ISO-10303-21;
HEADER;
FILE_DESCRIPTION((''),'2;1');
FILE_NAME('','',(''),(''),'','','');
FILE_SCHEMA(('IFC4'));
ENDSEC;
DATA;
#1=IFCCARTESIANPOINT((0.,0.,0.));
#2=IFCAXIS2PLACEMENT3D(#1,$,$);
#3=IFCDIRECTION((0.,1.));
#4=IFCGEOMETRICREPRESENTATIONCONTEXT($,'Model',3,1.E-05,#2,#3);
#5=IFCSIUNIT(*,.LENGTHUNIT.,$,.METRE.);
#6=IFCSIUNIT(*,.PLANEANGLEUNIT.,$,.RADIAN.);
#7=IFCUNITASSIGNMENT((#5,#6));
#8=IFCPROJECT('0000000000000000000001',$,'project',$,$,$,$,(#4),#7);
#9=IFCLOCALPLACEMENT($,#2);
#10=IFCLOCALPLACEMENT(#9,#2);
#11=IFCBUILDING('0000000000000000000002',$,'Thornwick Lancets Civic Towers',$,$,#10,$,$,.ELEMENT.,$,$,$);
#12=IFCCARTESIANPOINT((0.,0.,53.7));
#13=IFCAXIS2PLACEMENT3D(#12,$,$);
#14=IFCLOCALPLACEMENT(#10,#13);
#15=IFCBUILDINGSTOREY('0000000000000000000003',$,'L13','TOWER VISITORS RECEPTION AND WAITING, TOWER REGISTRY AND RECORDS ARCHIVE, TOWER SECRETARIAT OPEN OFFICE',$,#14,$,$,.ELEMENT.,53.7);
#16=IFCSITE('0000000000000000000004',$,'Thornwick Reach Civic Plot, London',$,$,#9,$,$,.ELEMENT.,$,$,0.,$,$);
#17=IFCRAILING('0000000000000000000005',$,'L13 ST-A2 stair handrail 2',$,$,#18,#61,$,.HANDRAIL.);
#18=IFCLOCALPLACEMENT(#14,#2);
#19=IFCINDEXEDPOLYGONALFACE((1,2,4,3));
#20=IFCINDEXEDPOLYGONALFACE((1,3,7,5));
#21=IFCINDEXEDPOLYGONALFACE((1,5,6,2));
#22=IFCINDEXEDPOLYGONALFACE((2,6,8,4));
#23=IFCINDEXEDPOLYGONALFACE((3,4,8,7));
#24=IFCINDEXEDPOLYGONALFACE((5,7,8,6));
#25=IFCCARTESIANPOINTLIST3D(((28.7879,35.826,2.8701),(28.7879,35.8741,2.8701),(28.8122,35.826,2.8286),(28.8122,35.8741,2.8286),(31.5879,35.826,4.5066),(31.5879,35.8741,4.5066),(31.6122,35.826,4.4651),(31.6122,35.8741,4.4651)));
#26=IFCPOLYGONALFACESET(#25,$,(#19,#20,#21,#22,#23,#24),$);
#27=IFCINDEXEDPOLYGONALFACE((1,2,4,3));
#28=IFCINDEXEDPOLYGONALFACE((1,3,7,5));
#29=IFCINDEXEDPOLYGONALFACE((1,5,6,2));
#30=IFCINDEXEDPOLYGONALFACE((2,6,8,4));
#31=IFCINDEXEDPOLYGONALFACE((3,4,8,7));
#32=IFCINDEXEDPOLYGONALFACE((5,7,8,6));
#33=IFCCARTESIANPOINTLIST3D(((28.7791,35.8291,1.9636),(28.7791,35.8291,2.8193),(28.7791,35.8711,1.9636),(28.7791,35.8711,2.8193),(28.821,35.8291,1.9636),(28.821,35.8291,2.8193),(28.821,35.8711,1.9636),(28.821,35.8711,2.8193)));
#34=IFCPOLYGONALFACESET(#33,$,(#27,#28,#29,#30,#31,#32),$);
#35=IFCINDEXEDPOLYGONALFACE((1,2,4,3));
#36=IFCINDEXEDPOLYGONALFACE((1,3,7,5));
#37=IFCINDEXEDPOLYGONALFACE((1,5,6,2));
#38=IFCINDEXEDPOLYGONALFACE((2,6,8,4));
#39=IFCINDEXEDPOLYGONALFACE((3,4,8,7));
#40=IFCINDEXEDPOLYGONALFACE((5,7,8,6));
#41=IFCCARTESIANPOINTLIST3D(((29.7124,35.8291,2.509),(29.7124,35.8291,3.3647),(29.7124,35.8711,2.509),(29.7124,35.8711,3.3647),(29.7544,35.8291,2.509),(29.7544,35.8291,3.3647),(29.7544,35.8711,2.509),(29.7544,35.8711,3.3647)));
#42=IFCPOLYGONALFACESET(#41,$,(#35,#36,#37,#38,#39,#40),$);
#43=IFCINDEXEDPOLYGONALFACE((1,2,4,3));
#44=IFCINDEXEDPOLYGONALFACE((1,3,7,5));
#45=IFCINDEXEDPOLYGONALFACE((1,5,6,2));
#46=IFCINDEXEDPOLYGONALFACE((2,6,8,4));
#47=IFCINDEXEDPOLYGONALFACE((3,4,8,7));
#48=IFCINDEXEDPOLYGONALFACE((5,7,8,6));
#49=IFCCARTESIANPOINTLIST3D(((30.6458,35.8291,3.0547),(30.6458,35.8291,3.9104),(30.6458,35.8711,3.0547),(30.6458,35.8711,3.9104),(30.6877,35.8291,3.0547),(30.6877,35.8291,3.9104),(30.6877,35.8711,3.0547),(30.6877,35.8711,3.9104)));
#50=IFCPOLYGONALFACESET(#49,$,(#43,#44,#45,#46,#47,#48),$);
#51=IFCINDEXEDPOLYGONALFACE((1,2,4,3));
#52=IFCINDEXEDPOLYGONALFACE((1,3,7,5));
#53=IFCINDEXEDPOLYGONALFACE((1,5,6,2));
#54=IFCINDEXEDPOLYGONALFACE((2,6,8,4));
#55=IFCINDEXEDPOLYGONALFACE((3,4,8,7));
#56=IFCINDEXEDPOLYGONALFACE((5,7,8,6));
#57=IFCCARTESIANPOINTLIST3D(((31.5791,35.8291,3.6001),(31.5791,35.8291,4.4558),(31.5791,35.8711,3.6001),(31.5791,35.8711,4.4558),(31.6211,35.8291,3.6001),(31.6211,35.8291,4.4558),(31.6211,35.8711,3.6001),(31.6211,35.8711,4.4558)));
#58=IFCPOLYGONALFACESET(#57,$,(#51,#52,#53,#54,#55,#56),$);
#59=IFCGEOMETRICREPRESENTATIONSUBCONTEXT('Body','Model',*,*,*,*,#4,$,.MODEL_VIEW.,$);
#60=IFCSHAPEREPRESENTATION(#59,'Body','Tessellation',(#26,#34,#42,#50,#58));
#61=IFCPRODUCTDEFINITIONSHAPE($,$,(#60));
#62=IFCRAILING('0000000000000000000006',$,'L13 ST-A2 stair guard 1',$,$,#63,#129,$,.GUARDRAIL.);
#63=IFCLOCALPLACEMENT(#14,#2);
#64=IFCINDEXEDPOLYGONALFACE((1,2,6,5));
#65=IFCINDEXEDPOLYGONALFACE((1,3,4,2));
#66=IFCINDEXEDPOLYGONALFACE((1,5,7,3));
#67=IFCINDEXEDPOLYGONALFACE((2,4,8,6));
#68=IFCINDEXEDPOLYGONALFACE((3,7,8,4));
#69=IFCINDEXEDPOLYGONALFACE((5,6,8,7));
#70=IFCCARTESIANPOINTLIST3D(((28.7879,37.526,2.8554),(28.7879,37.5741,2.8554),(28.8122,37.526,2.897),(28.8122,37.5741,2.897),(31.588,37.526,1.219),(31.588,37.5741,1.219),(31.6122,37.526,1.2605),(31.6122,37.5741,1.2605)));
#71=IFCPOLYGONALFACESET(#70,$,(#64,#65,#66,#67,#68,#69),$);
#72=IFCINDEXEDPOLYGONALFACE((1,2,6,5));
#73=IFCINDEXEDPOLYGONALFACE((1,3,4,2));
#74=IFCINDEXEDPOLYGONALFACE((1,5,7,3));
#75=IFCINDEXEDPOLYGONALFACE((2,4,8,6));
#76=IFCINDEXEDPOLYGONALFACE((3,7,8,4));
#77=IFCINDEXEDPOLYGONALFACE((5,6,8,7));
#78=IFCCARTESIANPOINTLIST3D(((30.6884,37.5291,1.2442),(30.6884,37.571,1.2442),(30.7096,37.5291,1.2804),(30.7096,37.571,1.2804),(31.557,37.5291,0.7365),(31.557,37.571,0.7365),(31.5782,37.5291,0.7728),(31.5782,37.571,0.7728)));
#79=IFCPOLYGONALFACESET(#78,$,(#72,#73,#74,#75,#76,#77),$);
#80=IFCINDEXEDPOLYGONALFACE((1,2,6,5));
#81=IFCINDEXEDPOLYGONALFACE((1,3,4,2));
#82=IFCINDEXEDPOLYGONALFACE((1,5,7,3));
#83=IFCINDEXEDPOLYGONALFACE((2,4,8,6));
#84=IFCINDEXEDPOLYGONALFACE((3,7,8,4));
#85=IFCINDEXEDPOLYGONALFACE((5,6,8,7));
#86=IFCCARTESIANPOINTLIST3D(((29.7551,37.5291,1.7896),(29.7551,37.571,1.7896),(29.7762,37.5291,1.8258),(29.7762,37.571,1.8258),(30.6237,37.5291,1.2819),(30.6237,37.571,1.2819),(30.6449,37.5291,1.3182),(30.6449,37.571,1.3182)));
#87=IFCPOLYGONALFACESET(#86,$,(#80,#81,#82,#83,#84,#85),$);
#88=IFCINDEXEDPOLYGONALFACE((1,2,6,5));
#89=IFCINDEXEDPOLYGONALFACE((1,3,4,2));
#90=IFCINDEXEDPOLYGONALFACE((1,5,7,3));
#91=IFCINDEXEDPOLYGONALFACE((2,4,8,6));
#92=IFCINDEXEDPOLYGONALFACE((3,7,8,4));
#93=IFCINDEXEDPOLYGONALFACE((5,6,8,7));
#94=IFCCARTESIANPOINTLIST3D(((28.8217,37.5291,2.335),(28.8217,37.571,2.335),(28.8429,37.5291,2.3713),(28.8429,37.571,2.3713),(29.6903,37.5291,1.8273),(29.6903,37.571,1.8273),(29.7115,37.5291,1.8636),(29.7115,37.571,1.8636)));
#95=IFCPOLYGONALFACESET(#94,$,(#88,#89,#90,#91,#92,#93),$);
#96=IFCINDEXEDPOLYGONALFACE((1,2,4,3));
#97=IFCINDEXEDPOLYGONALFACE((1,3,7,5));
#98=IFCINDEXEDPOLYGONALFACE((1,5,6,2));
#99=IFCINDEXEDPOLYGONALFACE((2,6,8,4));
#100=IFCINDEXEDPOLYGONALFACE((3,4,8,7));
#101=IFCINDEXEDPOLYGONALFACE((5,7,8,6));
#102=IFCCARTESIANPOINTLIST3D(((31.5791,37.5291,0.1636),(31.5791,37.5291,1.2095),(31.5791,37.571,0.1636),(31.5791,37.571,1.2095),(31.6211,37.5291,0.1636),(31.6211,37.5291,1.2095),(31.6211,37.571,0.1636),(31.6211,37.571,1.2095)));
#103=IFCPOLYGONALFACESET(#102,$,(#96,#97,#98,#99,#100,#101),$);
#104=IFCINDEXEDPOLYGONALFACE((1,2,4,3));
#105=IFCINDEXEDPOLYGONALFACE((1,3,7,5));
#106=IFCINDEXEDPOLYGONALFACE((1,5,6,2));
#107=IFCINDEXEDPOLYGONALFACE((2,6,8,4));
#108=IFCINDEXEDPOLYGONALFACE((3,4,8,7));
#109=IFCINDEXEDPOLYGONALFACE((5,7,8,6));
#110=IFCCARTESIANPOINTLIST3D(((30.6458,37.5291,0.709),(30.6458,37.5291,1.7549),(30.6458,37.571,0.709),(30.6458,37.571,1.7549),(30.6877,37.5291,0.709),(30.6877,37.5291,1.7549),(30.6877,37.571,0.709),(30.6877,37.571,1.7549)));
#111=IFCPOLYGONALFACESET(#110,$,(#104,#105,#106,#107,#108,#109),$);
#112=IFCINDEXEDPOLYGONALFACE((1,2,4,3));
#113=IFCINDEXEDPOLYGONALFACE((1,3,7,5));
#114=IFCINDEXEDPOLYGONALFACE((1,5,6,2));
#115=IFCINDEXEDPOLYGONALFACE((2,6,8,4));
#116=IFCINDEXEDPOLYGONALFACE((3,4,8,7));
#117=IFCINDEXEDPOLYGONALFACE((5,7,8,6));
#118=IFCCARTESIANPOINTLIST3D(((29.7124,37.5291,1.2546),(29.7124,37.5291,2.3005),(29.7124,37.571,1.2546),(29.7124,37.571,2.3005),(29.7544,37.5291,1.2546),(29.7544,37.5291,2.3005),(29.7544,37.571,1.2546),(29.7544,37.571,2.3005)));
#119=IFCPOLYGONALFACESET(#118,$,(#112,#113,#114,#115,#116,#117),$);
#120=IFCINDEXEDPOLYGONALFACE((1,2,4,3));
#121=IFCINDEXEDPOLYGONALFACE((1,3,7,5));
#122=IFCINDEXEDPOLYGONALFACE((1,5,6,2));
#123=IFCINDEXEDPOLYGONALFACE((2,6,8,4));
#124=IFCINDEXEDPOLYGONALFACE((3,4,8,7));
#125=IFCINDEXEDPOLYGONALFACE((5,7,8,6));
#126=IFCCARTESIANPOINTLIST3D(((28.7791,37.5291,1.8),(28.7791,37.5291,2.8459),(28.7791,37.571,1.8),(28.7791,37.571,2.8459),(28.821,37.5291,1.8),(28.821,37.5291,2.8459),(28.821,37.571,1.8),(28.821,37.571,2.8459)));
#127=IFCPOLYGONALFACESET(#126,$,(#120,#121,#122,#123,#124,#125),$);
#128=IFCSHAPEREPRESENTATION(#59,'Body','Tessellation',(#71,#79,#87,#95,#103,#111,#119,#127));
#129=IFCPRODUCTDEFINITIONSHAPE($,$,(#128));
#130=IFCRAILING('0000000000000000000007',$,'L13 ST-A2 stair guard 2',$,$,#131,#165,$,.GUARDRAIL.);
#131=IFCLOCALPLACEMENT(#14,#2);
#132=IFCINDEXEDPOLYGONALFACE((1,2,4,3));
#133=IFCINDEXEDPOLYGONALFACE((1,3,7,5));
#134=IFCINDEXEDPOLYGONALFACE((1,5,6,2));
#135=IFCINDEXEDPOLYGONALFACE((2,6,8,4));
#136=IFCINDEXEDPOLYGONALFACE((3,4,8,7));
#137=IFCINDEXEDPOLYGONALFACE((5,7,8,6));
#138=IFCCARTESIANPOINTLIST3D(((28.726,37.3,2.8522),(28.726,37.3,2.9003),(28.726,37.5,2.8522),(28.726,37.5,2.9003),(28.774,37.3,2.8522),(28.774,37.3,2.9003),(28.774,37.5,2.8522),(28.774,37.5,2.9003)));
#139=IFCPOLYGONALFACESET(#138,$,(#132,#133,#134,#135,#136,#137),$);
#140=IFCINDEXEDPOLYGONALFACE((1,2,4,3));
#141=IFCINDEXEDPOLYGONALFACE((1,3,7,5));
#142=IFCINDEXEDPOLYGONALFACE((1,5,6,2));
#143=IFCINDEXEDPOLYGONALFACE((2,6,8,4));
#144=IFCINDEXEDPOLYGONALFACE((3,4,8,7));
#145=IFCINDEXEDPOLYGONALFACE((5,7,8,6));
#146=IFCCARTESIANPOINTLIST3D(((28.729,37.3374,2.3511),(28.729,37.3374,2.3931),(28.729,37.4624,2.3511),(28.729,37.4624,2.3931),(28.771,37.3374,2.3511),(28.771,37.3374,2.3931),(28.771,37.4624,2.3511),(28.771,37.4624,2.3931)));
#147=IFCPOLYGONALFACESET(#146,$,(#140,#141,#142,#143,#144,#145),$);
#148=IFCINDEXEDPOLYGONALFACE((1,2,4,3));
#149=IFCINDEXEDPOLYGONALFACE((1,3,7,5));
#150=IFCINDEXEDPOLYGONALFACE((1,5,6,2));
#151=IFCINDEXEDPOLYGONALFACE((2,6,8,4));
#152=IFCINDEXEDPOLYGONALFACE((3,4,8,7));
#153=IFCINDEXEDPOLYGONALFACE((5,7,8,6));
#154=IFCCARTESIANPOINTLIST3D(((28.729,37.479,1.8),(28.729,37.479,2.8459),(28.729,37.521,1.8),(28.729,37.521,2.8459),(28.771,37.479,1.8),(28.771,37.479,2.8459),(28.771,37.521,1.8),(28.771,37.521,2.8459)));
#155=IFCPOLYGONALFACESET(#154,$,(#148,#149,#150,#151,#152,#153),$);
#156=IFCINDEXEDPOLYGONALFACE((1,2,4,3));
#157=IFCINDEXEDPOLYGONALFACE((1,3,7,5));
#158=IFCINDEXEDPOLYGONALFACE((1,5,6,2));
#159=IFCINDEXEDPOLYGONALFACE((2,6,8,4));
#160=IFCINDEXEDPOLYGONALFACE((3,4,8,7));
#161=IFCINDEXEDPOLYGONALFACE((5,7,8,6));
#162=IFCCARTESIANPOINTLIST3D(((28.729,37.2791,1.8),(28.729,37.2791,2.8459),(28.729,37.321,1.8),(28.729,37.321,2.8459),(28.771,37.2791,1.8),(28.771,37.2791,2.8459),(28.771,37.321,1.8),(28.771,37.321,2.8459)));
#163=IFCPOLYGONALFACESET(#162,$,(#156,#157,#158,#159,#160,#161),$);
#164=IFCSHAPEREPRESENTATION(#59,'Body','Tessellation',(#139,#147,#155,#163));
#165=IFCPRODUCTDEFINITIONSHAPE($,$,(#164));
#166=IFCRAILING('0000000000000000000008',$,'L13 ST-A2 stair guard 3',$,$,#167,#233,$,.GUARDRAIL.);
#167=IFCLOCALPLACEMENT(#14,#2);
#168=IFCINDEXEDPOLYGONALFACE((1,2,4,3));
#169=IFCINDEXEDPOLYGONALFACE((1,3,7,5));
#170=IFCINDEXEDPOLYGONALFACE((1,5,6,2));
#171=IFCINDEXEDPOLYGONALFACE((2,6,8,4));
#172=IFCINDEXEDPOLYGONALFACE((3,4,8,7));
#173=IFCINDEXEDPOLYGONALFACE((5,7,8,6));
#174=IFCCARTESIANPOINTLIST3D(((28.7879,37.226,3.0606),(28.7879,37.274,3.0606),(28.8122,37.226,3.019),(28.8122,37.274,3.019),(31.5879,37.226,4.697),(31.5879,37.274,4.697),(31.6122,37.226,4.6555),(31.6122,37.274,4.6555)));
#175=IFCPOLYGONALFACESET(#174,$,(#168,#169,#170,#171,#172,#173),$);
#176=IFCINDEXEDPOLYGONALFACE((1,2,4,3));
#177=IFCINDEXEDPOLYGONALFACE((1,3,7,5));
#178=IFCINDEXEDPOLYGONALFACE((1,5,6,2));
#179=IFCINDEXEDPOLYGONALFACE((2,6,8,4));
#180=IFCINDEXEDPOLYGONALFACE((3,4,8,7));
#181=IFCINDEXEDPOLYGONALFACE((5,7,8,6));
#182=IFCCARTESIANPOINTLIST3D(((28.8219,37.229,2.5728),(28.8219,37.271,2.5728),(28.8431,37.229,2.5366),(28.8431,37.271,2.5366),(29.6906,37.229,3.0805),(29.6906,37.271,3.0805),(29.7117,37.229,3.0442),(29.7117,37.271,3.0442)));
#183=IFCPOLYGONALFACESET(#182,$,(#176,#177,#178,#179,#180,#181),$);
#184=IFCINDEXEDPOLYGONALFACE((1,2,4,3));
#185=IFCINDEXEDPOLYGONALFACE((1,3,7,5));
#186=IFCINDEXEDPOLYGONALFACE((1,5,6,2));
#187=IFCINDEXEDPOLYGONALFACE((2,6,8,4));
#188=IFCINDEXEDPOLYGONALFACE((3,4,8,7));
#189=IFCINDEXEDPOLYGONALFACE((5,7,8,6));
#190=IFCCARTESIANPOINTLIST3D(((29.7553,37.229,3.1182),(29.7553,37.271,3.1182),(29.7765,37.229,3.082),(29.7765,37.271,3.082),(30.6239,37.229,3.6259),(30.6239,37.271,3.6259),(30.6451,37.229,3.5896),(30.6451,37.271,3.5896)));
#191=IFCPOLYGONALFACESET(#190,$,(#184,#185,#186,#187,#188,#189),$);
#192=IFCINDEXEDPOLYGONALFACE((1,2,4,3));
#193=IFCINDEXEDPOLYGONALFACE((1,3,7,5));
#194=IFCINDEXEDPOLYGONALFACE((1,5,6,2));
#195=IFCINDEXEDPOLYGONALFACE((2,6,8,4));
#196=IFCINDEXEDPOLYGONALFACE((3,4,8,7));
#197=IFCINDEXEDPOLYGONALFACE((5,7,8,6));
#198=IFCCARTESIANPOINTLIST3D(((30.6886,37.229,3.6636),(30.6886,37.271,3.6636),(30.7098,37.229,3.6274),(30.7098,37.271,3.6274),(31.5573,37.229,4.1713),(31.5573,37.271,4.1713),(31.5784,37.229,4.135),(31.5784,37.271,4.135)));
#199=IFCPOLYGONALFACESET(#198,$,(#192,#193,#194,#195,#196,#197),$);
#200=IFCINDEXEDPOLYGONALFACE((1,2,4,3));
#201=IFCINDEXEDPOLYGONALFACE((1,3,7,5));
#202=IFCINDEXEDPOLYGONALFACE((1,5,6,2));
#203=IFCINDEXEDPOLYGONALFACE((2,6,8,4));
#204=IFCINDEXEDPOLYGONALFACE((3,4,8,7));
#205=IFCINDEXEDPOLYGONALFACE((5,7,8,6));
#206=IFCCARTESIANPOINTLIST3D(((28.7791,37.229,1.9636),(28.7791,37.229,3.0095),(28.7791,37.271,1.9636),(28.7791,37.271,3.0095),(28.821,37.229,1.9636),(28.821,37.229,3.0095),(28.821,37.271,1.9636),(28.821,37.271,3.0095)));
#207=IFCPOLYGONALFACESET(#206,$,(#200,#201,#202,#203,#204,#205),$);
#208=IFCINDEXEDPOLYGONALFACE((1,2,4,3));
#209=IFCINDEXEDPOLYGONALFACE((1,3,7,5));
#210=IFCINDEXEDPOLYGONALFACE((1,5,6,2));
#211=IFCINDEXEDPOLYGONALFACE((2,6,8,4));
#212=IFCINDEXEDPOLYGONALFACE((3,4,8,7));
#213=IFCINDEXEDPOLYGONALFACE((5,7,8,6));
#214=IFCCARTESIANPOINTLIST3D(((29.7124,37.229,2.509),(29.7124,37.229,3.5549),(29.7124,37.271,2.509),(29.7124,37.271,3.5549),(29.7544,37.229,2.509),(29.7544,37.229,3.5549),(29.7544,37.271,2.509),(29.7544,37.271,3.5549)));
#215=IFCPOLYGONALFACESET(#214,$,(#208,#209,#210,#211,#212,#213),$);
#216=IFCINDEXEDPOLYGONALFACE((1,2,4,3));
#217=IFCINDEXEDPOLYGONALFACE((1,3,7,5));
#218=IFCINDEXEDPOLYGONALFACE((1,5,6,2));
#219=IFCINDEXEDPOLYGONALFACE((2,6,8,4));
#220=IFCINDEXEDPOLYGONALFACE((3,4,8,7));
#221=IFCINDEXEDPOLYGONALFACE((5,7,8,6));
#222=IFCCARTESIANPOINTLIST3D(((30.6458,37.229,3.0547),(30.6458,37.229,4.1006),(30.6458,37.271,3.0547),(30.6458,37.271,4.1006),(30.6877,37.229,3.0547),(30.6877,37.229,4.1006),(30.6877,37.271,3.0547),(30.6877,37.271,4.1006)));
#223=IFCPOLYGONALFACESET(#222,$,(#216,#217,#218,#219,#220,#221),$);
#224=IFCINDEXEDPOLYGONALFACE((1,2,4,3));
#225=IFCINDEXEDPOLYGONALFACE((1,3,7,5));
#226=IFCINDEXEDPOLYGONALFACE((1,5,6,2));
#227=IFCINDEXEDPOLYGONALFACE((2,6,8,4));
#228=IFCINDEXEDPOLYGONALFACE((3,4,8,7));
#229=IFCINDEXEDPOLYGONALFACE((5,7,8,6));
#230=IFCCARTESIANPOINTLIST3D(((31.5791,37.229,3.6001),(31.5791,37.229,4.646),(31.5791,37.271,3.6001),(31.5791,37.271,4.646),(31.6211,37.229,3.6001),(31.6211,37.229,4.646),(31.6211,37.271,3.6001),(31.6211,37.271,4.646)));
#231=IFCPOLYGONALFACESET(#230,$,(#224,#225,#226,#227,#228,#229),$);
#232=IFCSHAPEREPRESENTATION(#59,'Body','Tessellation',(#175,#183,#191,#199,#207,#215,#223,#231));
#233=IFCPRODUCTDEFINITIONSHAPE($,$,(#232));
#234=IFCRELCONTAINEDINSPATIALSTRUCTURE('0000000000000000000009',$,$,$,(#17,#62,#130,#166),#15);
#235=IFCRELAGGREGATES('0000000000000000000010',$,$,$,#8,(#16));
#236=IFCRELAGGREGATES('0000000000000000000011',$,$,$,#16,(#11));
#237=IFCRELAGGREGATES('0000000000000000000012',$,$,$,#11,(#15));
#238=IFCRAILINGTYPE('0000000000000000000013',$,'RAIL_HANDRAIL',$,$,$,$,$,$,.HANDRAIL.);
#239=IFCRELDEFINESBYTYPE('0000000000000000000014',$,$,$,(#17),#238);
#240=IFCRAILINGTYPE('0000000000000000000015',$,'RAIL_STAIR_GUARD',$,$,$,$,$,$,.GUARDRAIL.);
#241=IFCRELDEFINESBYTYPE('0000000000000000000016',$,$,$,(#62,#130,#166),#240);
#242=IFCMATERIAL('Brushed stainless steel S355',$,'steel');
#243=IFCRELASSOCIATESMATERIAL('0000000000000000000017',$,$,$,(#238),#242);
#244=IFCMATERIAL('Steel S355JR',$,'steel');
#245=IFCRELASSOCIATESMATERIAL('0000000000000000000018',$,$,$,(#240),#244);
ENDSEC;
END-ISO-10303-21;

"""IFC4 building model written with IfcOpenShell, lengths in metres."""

from ifc_helpers import new_model, si_unit, direction, frame, origin, origin_2d, place, context, subcontext, project, spatial, rectangle, extrude, material, type_object, element, save


model = new_model("IFC4")

# Units and contexts
model_context = context("Model", 3, precision=1e-05, world=origin(), true_north=direction((0.0, 1.0)))
body_context = subcontext(model_context, "Body", "Model", "MODEL_VIEW")
ifc_project = project(units=[si_unit("LENGTHUNIT", "METRE"), si_unit("PLANEANGLEUNIT", "RADIAN")], contexts=[model_context])

# Site, building, storey
site_placement = place(None, origin())
site = spatial("IfcSite", under=ifc_project, at=site_placement, Name="Thornwick Reach Civic Plot, London", CompositionType="ELEMENT", RefElevation=0.0)
building_placement = place(site_placement, origin())
building = spatial("IfcBuilding", under=site, at=building_placement, Name="Thornwick Lancets Civic Towers", CompositionType="ELEMENT")
storey_placement = place(building_placement, frame((0.0, 0.0, 53.7)))
storey = spatial("IfcBuildingStorey", under=building, at=storey_placement, Name="L13", Description="TOWER VISITORS RECEPTION AND WAITING, TOWER REGISTRY AND RECORDS ARCHIVE, TOWER SECRETARIAT OPEN OFFICE", CompositionType="ELEMENT", Elevation=53.7)

# Shared definitions
ifc_material_1 = material(Name="Steel S355JR", Category="steel")

# Railings
ifc_material_2 = material(Name="Brushed stainless steel S355", Category="steel")
railing_type_1 = type_object("IfcRailingType", Name="RAIL_HANDRAIL", PredefinedType="HANDRAIL", material=ifc_material_2)
railing_1_placement = place(storey_placement, frame((28.8, 35.8501, 1.9636)))
element("IfcRailing", 1, at=railing_1_placement, inside=storey, type_object=railing_type_1, Name="L13 ST-A2 stair handrail 2", PredefinedType="HANDRAIL", context=body_context, shape_type="SweptSolid", body=[
    extrude(rectangle(XDim=0.0481, YDim=0.0481, at=origin_2d()), frame((0.0, 0.0, 0.8857), z_axis=(0.863361, 0.0, 0.504587), x_axis=(0.0, 1.0, 0.0)), (0.0, 0.0, 1.0), 3.2432),
    extrude(rectangle(XDim=0.042, YDim=0.042, at=origin_2d()), origin(), (0.0, 0.0, 1.0), 0.8557),
    extrude(rectangle(XDim=0.042, YDim=0.042, at=origin_2d()), frame((0.9333, 0.0, 0.5454)), (0.0, 0.0, 1.0), 0.8557),
    extrude(rectangle(XDim=0.042, YDim=0.042, at=origin_2d()), frame((1.8667, 0.0, 1.0911)), (0.0, 0.0, 1.0), 0.8557),
    extrude(rectangle(XDim=0.042, YDim=0.042, at=origin_2d()), frame((2.8, 0.0, 1.6365)), (0.0, 0.0, 1.0), 0.8557),
])
railing_type_2 = type_object("IfcRailingType", Name="RAIL_STAIR_GUARD", PredefinedType="GUARDRAIL", material=ifc_material_1)
railing_2_placement = place(storey_placement, frame((31.6001, 37.55, 0.1636)))
element("IfcRailing", 2, at=railing_2_placement, inside=storey, type_object=railing_type_2, Name="L13 ST-A2 stair guard 1", PredefinedType="GUARDRAIL", context=body_context, shape_type="SweptSolid", body=[
    extrude(rectangle(XDim=0.0481, YDim=0.0481, at=origin_2d()), frame((0.0, 0.0, 1.0762), z_axis=(-0.863361, 0.0, 0.504587), x_axis=(0.0, -1.0, 0.0)), (0.0, 0.0, 1.0), 3.2432),
    extrude(rectangle(XDim=0.042, YDim=0.042, at=origin_2d()), frame((-0.0325, 0.0, 0.5911), z_axis=(-0.863361, 0.0, 0.504587), x_axis=(0.0, -1.0, 0.0)), (0.0, 0.0, 1.0), 1.0061),
    extrude(rectangle(XDim=0.042, YDim=0.042, at=origin_2d()), frame((-0.9658, 0.0, 1.1365), z_axis=(-0.863361, 0.0, 0.504587), x_axis=(0.0, -1.0, 0.0)), (0.0, 0.0, 1.0), 1.0061),
    extrude(rectangle(XDim=0.042, YDim=0.042, at=origin_2d()), frame((-1.8992, 0.0, 1.6819), z_axis=(-0.863361, 0.0, 0.504587), x_axis=(0.0, -1.0, 0.0)), (0.0, 0.0, 1.0), 1.0061),
    extrude(rectangle(XDim=0.042, YDim=0.042, at=origin_2d()), origin(), (0.0, 0.0, 1.0), 1.0459),
    extrude(rectangle(XDim=0.042, YDim=0.042, at=origin_2d()), frame((-0.9333, 0.0, 0.5454)), (0.0, 0.0, 1.0), 1.0459),
    extrude(rectangle(XDim=0.042, YDim=0.042, at=origin_2d()), frame((-1.8667, 0.0, 1.0911)), (0.0, 0.0, 1.0), 1.0459),
    extrude(rectangle(XDim=0.042, YDim=0.042, at=origin_2d()), frame((-2.8, 0.0, 1.6365)), (0.0, 0.0, 1.0), 1.0459),
])
railing_3_placement = place(storey_placement, frame((28.75, 37.5, 1.8)))
element("IfcRailing", 3, at=railing_3_placement, inside=storey, type_object=railing_type_2, Name="L13 ST-A2 stair guard 2", PredefinedType="GUARDRAIL", context=body_context, shape_type="SweptSolid", body=[
    extrude(rectangle(XDim=0.0481, YDim=0.0481, at=origin_2d()), frame((0.0, 0.0, 1.0762), z_axis=(0.0, -1.0, 0.0), x_axis=(1.0, 0.0, 0.0)), (0.0, 0.0, 1.0), 0.2),
    extrude(rectangle(XDim=0.042, YDim=0.042, at=origin_2d()), frame((0.0, -0.0376, 0.572), z_axis=(0.0, -1.0, 0.0), x_axis=(1.0, 0.0, 0.0)), (0.0, 0.0, 1.0), 0.125),
    extrude(rectangle(XDim=0.042, YDim=0.042, at=origin_2d()), origin(), (0.0, 0.0, 1.0), 1.0459),
    extrude(rectangle(XDim=0.042, YDim=0.042, at=origin_2d()), frame((0.0, -0.2, 0.0)), (0.0, 0.0, 1.0), 1.0459),
])
railing_4_placement = place(storey_placement, frame((28.8, 37.25, 1.9636)))
element("IfcRailing", 4, at=railing_4_placement, inside=storey, type_object=railing_type_2, Name="L13 ST-A2 stair guard 3", PredefinedType="GUARDRAIL", context=body_context, shape_type="SweptSolid", body=[
    extrude(rectangle(XDim=0.0481, YDim=0.0481, at=origin_2d()), frame((0.0, 0.0, 1.0762), z_axis=(0.863361, 0.0, 0.504587), x_axis=(0.0, 1.0, 0.0)), (0.0, 0.0, 1.0), 3.2432),
    extrude(rectangle(XDim=0.042, YDim=0.042, at=origin_2d()), frame((0.0325, 0.0, 0.5911), z_axis=(0.863361, 0.0, 0.504587), x_axis=(0.0, 1.0, 0.0)), (0.0, 0.0, 1.0), 1.0061),
    extrude(rectangle(XDim=0.042, YDim=0.042, at=origin_2d()), frame((0.9658, 0.0, 1.1365), z_axis=(0.863361, 0.0, 0.504587), x_axis=(0.0, 1.0, 0.0)), (0.0, 0.0, 1.0), 1.0061),
    extrude(rectangle(XDim=0.042, YDim=0.042, at=origin_2d()), frame((1.8992, 0.0, 1.6819), z_axis=(0.863361, 0.0, 0.504587), x_axis=(0.0, 1.0, 0.0)), (0.0, 0.0, 1.0), 1.0061),
    extrude(rectangle(XDim=0.042, YDim=0.042, at=origin_2d()), origin(), (0.0, 0.0, 1.0), 1.0459),
    extrude(rectangle(XDim=0.042, YDim=0.042, at=origin_2d()), frame((0.9333, 0.0, 0.5454)), (0.0, 0.0, 1.0), 1.0459),
    extrude(rectangle(XDim=0.042, YDim=0.042, at=origin_2d()), frame((1.8667, 0.0, 1.0911)), (0.0, 0.0, 1.0), 1.0459),
    extrude(rectangle(XDim=0.042, YDim=0.042, at=origin_2d()), frame((2.8, 0.0, 1.6365)), (0.0, 0.0, 1.0), 1.0459),
])

save(model, "model.ifc")
